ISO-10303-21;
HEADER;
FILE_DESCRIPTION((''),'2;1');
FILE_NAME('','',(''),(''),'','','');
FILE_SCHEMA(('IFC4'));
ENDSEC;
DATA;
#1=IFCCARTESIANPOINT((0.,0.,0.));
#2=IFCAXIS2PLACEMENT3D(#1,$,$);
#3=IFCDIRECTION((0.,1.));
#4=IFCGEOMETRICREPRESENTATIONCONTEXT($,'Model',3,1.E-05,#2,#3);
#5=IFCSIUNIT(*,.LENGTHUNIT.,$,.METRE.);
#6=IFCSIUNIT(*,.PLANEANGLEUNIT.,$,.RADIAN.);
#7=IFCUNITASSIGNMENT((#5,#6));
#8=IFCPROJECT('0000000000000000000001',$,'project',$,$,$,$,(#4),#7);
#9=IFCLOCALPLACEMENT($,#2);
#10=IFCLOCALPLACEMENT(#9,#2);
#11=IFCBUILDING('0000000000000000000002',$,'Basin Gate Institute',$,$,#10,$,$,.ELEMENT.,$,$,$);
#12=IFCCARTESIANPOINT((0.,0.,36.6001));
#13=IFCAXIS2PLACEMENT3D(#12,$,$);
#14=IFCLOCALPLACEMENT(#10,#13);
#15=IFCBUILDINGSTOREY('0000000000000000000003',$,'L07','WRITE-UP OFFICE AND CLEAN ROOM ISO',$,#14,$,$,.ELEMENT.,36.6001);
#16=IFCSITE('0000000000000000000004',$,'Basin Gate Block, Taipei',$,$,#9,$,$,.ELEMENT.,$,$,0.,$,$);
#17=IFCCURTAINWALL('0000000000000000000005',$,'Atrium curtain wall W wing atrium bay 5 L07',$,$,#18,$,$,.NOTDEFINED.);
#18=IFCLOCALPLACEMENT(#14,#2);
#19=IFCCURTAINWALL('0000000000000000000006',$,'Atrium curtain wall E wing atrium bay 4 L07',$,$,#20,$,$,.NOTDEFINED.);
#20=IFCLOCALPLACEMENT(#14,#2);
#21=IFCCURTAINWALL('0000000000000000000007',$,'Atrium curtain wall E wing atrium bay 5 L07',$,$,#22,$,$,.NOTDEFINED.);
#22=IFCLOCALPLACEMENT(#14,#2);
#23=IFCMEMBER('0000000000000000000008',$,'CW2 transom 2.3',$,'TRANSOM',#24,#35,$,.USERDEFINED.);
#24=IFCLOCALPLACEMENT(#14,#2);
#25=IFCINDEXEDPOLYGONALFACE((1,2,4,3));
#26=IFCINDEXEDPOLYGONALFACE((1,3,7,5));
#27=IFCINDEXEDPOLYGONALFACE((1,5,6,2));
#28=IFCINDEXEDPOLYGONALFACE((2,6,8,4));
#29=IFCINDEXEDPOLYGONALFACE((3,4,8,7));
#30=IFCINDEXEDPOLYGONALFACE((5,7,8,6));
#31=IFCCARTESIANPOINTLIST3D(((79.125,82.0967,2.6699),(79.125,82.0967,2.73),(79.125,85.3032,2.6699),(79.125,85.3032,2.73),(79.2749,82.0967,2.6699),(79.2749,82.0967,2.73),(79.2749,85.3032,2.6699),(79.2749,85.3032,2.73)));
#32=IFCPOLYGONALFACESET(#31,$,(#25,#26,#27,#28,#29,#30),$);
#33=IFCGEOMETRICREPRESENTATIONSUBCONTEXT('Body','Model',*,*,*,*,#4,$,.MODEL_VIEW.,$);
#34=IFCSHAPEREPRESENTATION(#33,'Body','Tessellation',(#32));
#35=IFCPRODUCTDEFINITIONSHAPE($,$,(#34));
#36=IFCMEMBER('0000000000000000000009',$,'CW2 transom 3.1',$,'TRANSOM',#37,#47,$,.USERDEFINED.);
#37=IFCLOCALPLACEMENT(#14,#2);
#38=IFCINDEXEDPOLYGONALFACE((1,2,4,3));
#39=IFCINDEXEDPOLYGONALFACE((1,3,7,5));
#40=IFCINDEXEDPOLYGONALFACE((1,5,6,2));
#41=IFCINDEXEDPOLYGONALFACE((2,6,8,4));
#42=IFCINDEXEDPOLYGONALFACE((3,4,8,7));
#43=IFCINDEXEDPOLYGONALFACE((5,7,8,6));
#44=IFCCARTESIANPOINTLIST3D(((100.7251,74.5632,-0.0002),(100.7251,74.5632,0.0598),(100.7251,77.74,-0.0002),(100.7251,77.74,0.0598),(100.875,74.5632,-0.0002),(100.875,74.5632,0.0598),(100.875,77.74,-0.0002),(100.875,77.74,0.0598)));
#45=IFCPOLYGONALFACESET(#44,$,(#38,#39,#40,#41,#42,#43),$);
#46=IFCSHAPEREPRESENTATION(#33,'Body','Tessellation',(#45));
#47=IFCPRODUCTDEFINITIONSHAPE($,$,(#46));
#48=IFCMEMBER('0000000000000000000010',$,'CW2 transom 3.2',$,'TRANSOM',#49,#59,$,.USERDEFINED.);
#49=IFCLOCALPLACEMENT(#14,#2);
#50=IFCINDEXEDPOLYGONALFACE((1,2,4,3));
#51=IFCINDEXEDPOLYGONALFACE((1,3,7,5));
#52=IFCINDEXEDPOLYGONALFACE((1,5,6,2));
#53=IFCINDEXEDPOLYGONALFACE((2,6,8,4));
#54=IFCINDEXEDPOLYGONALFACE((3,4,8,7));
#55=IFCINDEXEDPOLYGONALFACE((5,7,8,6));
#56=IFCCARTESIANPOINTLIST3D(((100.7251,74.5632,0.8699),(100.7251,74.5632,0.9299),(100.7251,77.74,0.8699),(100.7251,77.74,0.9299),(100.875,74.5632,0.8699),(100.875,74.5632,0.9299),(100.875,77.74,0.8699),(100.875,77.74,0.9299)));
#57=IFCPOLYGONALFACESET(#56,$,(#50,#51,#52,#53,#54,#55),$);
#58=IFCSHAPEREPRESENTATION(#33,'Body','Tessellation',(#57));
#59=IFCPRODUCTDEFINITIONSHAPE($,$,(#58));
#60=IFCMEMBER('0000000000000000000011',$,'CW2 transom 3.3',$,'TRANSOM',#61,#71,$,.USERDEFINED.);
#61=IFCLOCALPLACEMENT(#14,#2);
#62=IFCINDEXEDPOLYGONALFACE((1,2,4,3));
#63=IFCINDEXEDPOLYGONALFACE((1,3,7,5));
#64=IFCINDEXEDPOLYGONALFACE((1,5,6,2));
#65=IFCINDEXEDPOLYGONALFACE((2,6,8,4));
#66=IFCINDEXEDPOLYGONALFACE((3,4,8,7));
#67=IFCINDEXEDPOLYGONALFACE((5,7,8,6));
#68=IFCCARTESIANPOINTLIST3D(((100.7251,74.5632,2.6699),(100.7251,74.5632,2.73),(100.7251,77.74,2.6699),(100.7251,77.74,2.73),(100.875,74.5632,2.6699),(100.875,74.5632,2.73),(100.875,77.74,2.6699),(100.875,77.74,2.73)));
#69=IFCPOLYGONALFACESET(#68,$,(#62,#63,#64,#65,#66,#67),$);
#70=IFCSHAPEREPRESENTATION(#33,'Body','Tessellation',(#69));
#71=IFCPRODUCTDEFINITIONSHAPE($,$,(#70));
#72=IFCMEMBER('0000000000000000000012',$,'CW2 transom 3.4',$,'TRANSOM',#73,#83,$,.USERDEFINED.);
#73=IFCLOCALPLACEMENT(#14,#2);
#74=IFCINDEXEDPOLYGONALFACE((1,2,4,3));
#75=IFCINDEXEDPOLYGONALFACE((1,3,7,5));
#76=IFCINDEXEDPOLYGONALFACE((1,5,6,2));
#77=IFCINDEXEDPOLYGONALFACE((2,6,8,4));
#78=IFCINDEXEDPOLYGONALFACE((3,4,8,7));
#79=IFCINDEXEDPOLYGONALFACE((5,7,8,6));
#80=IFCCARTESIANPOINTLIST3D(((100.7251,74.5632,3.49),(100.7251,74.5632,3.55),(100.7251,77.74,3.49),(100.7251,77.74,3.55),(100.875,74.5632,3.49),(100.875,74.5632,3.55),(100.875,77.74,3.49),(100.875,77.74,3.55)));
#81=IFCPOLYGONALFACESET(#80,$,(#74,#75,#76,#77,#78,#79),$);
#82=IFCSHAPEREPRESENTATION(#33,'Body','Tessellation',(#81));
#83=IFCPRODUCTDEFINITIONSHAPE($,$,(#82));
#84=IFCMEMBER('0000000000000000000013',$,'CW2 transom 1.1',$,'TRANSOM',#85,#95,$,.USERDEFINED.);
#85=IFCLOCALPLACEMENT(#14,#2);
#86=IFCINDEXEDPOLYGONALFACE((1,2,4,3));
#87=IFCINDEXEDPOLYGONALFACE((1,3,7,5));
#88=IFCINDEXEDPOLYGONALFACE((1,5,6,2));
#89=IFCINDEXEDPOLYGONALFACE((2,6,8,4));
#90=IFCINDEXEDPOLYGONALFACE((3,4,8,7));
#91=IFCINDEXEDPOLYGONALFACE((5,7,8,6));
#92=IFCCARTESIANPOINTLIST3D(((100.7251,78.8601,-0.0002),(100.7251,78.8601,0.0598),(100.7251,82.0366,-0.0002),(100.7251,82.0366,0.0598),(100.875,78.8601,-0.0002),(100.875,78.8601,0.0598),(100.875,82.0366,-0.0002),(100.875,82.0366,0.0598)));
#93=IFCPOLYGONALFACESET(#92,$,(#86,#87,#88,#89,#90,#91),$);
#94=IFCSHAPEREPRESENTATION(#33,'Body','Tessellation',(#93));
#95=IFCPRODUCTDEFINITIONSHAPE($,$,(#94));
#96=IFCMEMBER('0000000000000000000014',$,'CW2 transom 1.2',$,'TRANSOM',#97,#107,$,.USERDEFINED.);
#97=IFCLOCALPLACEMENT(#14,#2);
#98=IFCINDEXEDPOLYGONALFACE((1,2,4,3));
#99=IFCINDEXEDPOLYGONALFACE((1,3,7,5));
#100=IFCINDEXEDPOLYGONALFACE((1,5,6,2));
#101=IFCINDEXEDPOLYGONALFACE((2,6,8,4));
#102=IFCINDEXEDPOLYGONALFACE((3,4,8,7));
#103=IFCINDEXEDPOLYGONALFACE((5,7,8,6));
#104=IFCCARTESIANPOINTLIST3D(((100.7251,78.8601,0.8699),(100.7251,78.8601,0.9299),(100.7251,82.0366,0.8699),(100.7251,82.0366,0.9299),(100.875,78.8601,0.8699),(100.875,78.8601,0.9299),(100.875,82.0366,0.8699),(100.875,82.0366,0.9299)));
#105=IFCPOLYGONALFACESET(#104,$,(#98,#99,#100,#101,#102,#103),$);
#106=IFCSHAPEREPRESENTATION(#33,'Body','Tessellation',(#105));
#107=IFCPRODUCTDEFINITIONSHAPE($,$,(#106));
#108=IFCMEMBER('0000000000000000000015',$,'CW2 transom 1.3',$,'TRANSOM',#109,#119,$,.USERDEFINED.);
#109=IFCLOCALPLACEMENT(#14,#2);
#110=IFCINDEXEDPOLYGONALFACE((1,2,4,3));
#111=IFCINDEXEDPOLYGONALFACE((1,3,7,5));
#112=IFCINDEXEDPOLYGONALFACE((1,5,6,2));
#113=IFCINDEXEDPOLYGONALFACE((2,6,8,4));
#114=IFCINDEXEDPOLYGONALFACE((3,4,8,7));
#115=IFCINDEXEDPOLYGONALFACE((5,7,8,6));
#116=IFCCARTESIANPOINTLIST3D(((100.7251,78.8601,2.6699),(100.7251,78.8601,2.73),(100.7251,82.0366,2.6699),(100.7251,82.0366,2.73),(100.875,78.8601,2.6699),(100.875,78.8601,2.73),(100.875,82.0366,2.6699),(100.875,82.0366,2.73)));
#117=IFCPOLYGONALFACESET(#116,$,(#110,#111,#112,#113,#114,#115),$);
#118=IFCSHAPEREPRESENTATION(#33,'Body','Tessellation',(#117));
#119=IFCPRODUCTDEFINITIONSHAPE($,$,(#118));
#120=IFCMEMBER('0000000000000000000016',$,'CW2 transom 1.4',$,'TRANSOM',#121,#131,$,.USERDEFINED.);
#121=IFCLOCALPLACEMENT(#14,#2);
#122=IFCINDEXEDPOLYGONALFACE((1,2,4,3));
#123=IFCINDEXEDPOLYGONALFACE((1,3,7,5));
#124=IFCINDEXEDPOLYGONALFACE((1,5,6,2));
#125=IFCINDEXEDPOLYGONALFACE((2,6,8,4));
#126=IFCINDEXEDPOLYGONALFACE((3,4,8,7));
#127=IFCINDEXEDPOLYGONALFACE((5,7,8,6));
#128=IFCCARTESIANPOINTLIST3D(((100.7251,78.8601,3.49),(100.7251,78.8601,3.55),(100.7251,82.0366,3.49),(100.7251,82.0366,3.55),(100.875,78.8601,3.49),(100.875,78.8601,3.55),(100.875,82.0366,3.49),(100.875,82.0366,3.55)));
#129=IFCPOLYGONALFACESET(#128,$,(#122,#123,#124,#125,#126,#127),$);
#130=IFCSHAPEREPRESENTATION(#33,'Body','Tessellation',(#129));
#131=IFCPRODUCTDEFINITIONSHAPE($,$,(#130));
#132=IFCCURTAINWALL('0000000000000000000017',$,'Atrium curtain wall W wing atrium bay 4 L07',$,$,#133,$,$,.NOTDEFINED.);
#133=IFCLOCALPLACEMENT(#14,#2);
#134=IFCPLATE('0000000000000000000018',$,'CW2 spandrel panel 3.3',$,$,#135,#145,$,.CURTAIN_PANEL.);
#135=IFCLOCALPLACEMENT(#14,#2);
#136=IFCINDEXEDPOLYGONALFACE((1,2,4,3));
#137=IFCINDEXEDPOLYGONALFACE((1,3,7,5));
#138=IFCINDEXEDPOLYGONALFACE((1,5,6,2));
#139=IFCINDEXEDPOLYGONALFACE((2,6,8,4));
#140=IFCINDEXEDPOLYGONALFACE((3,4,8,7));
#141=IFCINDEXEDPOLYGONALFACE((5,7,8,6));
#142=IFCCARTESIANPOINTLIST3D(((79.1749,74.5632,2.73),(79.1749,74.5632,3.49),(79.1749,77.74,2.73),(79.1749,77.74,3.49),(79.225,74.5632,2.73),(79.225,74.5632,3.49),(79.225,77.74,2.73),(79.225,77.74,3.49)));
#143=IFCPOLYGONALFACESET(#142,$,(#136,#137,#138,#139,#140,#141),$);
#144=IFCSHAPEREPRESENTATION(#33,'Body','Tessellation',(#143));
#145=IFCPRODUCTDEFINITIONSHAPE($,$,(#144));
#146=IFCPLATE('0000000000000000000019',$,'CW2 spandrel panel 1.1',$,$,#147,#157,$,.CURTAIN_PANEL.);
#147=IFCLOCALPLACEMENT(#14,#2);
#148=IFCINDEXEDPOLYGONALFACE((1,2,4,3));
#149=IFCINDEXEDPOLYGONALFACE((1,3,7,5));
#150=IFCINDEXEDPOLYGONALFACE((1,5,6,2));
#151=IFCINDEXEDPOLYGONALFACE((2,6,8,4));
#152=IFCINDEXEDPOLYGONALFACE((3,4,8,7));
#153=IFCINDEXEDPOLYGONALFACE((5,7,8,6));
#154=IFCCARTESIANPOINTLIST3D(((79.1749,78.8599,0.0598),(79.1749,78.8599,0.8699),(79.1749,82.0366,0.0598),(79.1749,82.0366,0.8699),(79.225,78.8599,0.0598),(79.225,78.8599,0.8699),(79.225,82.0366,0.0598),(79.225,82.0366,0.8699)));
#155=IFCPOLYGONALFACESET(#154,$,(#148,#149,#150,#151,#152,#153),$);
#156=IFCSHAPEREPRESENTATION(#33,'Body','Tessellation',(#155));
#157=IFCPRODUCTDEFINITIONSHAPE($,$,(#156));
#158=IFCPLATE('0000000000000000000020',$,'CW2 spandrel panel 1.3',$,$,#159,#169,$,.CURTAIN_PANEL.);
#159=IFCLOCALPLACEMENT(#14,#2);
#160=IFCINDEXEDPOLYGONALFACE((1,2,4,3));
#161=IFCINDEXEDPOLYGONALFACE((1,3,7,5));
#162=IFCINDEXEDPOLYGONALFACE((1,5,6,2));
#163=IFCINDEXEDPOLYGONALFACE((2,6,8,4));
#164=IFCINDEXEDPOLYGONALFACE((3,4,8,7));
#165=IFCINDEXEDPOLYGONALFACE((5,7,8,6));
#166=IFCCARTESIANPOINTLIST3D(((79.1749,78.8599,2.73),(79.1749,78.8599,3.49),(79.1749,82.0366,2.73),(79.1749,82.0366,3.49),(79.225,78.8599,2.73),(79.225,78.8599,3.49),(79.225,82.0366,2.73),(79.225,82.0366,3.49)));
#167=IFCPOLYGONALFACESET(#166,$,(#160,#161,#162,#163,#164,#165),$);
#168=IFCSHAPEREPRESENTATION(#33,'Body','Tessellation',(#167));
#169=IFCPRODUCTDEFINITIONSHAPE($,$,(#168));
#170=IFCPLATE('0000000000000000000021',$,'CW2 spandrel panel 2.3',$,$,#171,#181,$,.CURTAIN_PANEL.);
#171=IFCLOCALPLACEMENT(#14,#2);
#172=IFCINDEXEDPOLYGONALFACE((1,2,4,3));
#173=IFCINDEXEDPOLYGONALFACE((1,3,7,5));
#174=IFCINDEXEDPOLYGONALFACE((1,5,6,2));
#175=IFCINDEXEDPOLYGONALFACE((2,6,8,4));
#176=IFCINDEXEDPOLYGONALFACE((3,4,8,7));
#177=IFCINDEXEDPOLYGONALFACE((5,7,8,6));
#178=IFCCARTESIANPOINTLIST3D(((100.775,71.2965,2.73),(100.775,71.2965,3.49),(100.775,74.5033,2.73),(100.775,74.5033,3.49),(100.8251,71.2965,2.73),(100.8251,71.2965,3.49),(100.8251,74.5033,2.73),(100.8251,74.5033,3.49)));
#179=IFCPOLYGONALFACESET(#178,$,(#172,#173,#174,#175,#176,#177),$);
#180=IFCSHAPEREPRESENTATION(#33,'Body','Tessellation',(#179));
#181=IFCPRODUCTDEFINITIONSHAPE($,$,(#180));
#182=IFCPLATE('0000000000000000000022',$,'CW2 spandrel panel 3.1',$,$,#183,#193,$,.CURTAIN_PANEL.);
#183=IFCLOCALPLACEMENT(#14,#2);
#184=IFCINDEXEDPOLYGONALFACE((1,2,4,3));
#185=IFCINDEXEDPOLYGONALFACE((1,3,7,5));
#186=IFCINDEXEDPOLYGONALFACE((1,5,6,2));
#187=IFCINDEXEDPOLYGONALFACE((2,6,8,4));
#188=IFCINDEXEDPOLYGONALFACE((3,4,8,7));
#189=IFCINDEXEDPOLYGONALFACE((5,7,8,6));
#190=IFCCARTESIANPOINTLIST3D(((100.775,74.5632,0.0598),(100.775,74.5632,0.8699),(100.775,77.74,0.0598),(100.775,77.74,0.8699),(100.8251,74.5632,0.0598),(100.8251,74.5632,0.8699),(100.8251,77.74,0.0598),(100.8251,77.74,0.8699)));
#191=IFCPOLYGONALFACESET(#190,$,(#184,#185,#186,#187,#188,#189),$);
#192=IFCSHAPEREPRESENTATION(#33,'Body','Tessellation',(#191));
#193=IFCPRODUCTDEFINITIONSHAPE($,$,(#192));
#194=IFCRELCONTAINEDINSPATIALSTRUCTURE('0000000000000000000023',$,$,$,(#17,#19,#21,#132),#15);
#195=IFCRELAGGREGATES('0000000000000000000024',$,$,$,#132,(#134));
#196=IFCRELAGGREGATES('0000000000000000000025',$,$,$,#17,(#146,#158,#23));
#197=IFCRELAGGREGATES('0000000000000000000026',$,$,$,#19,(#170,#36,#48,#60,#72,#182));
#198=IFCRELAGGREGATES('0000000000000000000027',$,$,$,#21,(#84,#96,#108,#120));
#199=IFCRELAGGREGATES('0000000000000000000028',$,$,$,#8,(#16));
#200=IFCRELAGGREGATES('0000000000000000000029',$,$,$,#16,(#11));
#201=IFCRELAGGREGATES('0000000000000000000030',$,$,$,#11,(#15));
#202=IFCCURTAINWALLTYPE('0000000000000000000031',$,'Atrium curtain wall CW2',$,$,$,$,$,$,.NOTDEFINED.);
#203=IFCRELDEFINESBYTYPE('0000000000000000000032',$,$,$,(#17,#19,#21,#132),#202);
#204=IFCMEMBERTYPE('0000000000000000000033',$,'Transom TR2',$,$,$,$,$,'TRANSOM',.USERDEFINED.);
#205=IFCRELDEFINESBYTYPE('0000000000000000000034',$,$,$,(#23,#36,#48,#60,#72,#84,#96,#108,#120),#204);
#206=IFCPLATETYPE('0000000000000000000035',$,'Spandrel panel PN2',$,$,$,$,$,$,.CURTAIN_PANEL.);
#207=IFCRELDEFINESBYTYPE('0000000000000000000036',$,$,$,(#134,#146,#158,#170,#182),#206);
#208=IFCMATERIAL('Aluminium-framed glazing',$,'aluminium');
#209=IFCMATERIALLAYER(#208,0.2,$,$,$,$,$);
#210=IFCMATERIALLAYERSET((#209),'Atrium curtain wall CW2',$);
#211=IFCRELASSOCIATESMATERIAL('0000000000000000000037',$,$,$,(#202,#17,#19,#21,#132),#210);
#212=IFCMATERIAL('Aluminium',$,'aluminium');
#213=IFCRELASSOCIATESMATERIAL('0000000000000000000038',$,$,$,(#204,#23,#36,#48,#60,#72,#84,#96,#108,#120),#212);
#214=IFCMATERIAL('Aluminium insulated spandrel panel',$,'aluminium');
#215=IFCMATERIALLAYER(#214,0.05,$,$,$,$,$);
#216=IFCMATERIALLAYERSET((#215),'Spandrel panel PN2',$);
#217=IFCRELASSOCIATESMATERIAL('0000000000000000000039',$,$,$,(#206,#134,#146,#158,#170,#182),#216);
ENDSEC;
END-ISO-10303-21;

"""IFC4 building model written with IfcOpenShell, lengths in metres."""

from ifc_helpers import new_model, si_unit, direction, frame, origin, origin_2d, place, context, subcontext, project, spatial, rectangle, extrude, material, layer, layer_set, material_profile, profile_set, type_object, element, aggregate, save


model = new_model("IFC4")

# Units and contexts
model_context = context("Model", 3, precision=1e-05, world=origin(), true_north=direction((0.0, 1.0)))
body_context = subcontext(model_context, "Body", "Model", "MODEL_VIEW")
ifc_project = project(units=[si_unit("LENGTHUNIT", "METRE"), si_unit("PLANEANGLEUNIT", "RADIAN")], contexts=[model_context])

# Site, building, storey
site_placement = place(None, origin())
site = spatial("IfcSite", under=ifc_project, at=site_placement, Name="Basin Gate Block, Taipei", CompositionType="ELEMENT", RefElevation=0.0)
building_placement = place(site_placement, origin())
building = spatial("IfcBuilding", under=site, at=building_placement, Name="Basin Gate Institute", CompositionType="ELEMENT")
storey_placement = place(building_placement, frame((0.0, 0.0, 36.6001)))
storey = spatial("IfcBuildingStorey", under=building, at=storey_placement, Name="L07", Description="WRITE-UP OFFICE AND CLEAN ROOM ISO", CompositionType="ELEMENT", Elevation=36.6001)

# Curtain walls
ifc_material_1 = material(Name="Aluminium-framed glazing", Category="aluminium")
ifc_layer_1 = layer(ifc_material_1, 0.2)
ifc_layer_set_1 = layer_set([ifc_layer_1], Name="Atrium curtain wall CW2")
curtain_wall_type = type_object("IfcCurtainWallType", Name="Atrium curtain wall CW2", PredefinedType="NOTDEFINED", material=ifc_layer_set_1)
curtain_wall_1_placement = place(storey_placement, origin())
curtain_wall_1 = element("IfcCurtainWall", 1, at=curtain_wall_1_placement, inside=storey, type_object=curtain_wall_type, material=ifc_layer_set_1, Name="Atrium curtain wall W wing atrium bay 5 L07", PredefinedType="NOTDEFINED")
curtain_wall_2_placement = place(storey_placement, origin())
curtain_wall_2 = element("IfcCurtainWall", 2, at=curtain_wall_2_placement, inside=storey, type_object=curtain_wall_type, material=ifc_layer_set_1, Name="Atrium curtain wall E wing atrium bay 4 L07", PredefinedType="NOTDEFINED")
curtain_wall_3_placement = place(storey_placement, origin())
curtain_wall_3 = element("IfcCurtainWall", 3, at=curtain_wall_3_placement, inside=storey, type_object=curtain_wall_type, material=ifc_layer_set_1, Name="Atrium curtain wall E wing atrium bay 5 L07", PredefinedType="NOTDEFINED")

# Members
ifc_material_2 = material(Name="Aluminium", Category="aluminium")
ifc_material_profile_1 = material_profile(ifc_material_2, rectangle(XDim=0.1499, YDim=0.0601, at=origin_2d()), Name="Transom TR2 150 x 60")
ifc_profile_set_1 = profile_set([ifc_material_profile_1], Name="Aluminium")
member_type_1 = type_object("IfcMemberType", Name="Transom TR2", ElementType="TRANSOM", PredefinedType="USERDEFINED", material=ifc_profile_set_1)
member_1_placement = place(storey_placement, frame((79.2, 82.0967, 2.7), z_axis=(0.0, 1.0, 0.0), x_axis=(-1.0, 0.0, 0.0)))
member_1 = element("IfcMember", 4, at=member_1_placement, type_object=member_type_1, material=ifc_profile_set_1, Name="CW2 transom 2.3", ObjectType="TRANSOM", PredefinedType="USERDEFINED", context=body_context, shape_type="SweptSolid", body=[
    extrude(rectangle(XDim=0.1499, YDim=0.0601, at=origin_2d()), origin(), (0.0, 0.0, 1.0), 3.2065),
])
member_2_placement = place(storey_placement, frame((100.8, 74.5632, 0.0298), z_axis=(0.0, 1.0, 0.0), x_axis=(-1.0, 0.0, 0.0)))
member_2 = element("IfcMember", 5, at=member_2_placement, type_object=member_type_1, material=ifc_profile_set_1, Name="CW2 transom 3.1", ObjectType="TRANSOM", PredefinedType="USERDEFINED", context=body_context, shape_type="SweptSolid", body=[
    extrude(rectangle(XDim=0.1499, YDim=0.0601, at=origin_2d()), origin(), (0.0, 0.0, 1.0), 3.1768),
])
member_3_placement = place(storey_placement, frame((100.8, 74.5632, 0.8999), z_axis=(0.0, 1.0, 0.0), x_axis=(-1.0, 0.0, 0.0)))
member_3 = element("IfcMember", 6, at=member_3_placement, type_object=member_type_1, material=ifc_profile_set_1, Name="CW2 transom 3.2", ObjectType="TRANSOM", PredefinedType="USERDEFINED", context=body_context, shape_type="SweptSolid", body=[
    extrude(rectangle(XDim=0.1499, YDim=0.0601, at=origin_2d()), origin(), (0.0, 0.0, 1.0), 3.1768),
])
member_4_placement = place(storey_placement, frame((100.8, 74.5632, 2.7), z_axis=(0.0, 1.0, 0.0), x_axis=(-1.0, 0.0, 0.0)))
member_4 = element("IfcMember", 7, at=member_4_placement, type_object=member_type_1, material=ifc_profile_set_1, Name="CW2 transom 3.3", ObjectType="TRANSOM", PredefinedType="USERDEFINED", context=body_context, shape_type="SweptSolid", body=[
    extrude(rectangle(XDim=0.1499, YDim=0.0601, at=origin_2d()), origin(), (0.0, 0.0, 1.0), 3.1768),
])
member_5_placement = place(storey_placement, frame((100.8, 74.5632, 3.52), z_axis=(0.0, 1.0, 0.0), x_axis=(-1.0, 0.0, 0.0)))
member_5 = element("IfcMember", 8, at=member_5_placement, type_object=member_type_1, material=ifc_profile_set_1, Name="CW2 transom 3.4", ObjectType="TRANSOM", PredefinedType="USERDEFINED", context=body_context, shape_type="SweptSolid", body=[
    extrude(rectangle(XDim=0.1499, YDim=0.0601, at=origin_2d()), origin(), (0.0, 0.0, 1.0), 3.1768),
])
member_6_placement = place(storey_placement, frame((100.8, 78.8601, 0.0298), z_axis=(0.0, 1.0, 0.0), x_axis=(-1.0, 0.0, 0.0)))
member_6 = element("IfcMember", 9, at=member_6_placement, type_object=member_type_1, material=ifc_profile_set_1, Name="CW2 transom 1.1", ObjectType="TRANSOM", PredefinedType="USERDEFINED", context=body_context, shape_type="SweptSolid", body=[
    extrude(rectangle(XDim=0.1499, YDim=0.0601, at=origin_2d()), origin(), (0.0, 0.0, 1.0), 3.1765),
])
member_7_placement = place(storey_placement, frame((100.8, 78.8601, 0.8999), z_axis=(0.0, 1.0, 0.0), x_axis=(-1.0, 0.0, 0.0)))
member_7 = element("IfcMember", 10, at=member_7_placement, type_object=member_type_1, material=ifc_profile_set_1, Name="CW2 transom 1.2", ObjectType="TRANSOM", PredefinedType="USERDEFINED", context=body_context, shape_type="SweptSolid", body=[
    extrude(rectangle(XDim=0.1499, YDim=0.0601, at=origin_2d()), origin(), (0.0, 0.0, 1.0), 3.1765),
])
member_8_placement = place(storey_placement, frame((100.8, 78.8601, 2.7), z_axis=(0.0, 1.0, 0.0), x_axis=(-1.0, 0.0, 0.0)))
member_8 = element("IfcMember", 11, at=member_8_placement, type_object=member_type_1, material=ifc_profile_set_1, Name="CW2 transom 1.3", ObjectType="TRANSOM", PredefinedType="USERDEFINED", context=body_context, shape_type="SweptSolid", body=[
    extrude(rectangle(XDim=0.1499, YDim=0.0601, at=origin_2d()), origin(), (0.0, 0.0, 1.0), 3.1765),
])
member_9_placement = place(storey_placement, frame((100.8, 78.8601, 3.52), z_axis=(0.0, 1.0, 0.0), x_axis=(-1.0, 0.0, 0.0)))
member_9 = element("IfcMember", 12, at=member_9_placement, type_object=member_type_1, material=ifc_profile_set_1, Name="CW2 transom 1.4", ObjectType="TRANSOM", PredefinedType="USERDEFINED", context=body_context, shape_type="SweptSolid", body=[
    extrude(rectangle(XDim=0.1499, YDim=0.0601, at=origin_2d()), origin(), (0.0, 0.0, 1.0), 3.1765),
])

# Curtain wall, plate
curtain_wall_4_placement = place(storey_placement, origin())
curtain_wall_4 = element("IfcCurtainWall", 13, at=curtain_wall_4_placement, inside=storey, type_object=curtain_wall_type, material=ifc_layer_set_1, Name="Atrium curtain wall W wing atrium bay 4 L07", PredefinedType="NOTDEFINED")
ifc_material_3 = material(Name="Aluminium insulated spandrel panel", Category="aluminium")
ifc_layer_2 = layer(ifc_material_3, 0.05)
ifc_layer_set_2 = layer_set([ifc_layer_2], Name="Spandrel panel PN2")
plate_type_1 = type_object("IfcPlateType", Name="Spandrel panel PN2", PredefinedType="CURTAIN_PANEL", material=ifc_layer_set_2)
plate_1_placement = place(storey_placement, frame((79.2, 76.1516, 2.73), z_axis=(0.0, 0.0, 1.0), x_axis=(0.0, 1.0, 0.0)))
plate_1 = element("IfcPlate", 14, at=plate_1_placement, type_object=plate_type_1, material=ifc_layer_set_2, Name="CW2 spandrel panel 3.3", PredefinedType="CURTAIN_PANEL", context=body_context, shape_type="SweptSolid", body=[
    extrude(rectangle(XDim=3.1768, YDim=0.05, at=origin_2d()), origin(), (0.0, 0.0, 1.0), 0.76),
])

# Plates
plate_2_placement = place(storey_placement, frame((79.2, 80.4482, 0.0598), z_axis=(0.0, 0.0, 1.0), x_axis=(0.0, 1.0, 0.0)))
plate_2 = element("IfcPlate", 15, at=plate_2_placement, type_object=plate_type_1, material=ifc_layer_set_2, Name="CW2 spandrel panel 1.1", PredefinedType="CURTAIN_PANEL", context=body_context, shape_type="SweptSolid", body=[
    extrude(rectangle(XDim=3.1768, YDim=0.05, at=origin_2d()), origin(), (0.0, 0.0, 1.0), 0.8101),
])
plate_3_placement = place(storey_placement, frame((79.2, 80.4482, 2.73), z_axis=(0.0, 0.0, 1.0), x_axis=(0.0, 1.0, 0.0)))
plate_3 = element("IfcPlate", 16, at=plate_3_placement, type_object=plate_type_1, material=ifc_layer_set_2, Name="CW2 spandrel panel 1.3", PredefinedType="CURTAIN_PANEL", context=body_context, shape_type="SweptSolid", body=[
    extrude(rectangle(XDim=3.1768, YDim=0.05, at=origin_2d()), origin(), (0.0, 0.0, 1.0), 0.76),
])
plate_4_placement = place(storey_placement, frame((100.8, 72.8999, 2.73), z_axis=(0.0, 0.0, 1.0), x_axis=(0.0, 1.0, 0.0)))
plate_4 = element("IfcPlate", 17, at=plate_4_placement, type_object=plate_type_1, material=ifc_layer_set_2, Name="CW2 spandrel panel 2.3", PredefinedType="CURTAIN_PANEL", context=body_context, shape_type="SweptSolid", body=[
    extrude(rectangle(XDim=3.2068, YDim=0.05, at=origin_2d()), origin(), (0.0, 0.0, 1.0), 0.76),
])
plate_5_placement = place(storey_placement, frame((100.8, 76.1516, 0.0598), z_axis=(0.0, 0.0, 1.0), x_axis=(0.0, 1.0, 0.0)))
plate_5 = element("IfcPlate", 18, at=plate_5_placement, type_object=plate_type_1, material=ifc_layer_set_2, Name="CW2 spandrel panel 3.1", PredefinedType="CURTAIN_PANEL", context=body_context, shape_type="SweptSolid", body=[
    extrude(rectangle(XDim=3.1768, YDim=0.05, at=origin_2d()), origin(), (0.0, 0.0, 1.0), 0.8101),
])
aggregate(curtain_wall_4, [plate_1])
aggregate(curtain_wall_1, [plate_2, plate_3, member_1])
aggregate(curtain_wall_2, [plate_4, member_2, member_3, member_4, member_5, plate_5])
aggregate(curtain_wall_3, [member_6, member_7, member_8, member_9])

save(model, "model.ifc")
